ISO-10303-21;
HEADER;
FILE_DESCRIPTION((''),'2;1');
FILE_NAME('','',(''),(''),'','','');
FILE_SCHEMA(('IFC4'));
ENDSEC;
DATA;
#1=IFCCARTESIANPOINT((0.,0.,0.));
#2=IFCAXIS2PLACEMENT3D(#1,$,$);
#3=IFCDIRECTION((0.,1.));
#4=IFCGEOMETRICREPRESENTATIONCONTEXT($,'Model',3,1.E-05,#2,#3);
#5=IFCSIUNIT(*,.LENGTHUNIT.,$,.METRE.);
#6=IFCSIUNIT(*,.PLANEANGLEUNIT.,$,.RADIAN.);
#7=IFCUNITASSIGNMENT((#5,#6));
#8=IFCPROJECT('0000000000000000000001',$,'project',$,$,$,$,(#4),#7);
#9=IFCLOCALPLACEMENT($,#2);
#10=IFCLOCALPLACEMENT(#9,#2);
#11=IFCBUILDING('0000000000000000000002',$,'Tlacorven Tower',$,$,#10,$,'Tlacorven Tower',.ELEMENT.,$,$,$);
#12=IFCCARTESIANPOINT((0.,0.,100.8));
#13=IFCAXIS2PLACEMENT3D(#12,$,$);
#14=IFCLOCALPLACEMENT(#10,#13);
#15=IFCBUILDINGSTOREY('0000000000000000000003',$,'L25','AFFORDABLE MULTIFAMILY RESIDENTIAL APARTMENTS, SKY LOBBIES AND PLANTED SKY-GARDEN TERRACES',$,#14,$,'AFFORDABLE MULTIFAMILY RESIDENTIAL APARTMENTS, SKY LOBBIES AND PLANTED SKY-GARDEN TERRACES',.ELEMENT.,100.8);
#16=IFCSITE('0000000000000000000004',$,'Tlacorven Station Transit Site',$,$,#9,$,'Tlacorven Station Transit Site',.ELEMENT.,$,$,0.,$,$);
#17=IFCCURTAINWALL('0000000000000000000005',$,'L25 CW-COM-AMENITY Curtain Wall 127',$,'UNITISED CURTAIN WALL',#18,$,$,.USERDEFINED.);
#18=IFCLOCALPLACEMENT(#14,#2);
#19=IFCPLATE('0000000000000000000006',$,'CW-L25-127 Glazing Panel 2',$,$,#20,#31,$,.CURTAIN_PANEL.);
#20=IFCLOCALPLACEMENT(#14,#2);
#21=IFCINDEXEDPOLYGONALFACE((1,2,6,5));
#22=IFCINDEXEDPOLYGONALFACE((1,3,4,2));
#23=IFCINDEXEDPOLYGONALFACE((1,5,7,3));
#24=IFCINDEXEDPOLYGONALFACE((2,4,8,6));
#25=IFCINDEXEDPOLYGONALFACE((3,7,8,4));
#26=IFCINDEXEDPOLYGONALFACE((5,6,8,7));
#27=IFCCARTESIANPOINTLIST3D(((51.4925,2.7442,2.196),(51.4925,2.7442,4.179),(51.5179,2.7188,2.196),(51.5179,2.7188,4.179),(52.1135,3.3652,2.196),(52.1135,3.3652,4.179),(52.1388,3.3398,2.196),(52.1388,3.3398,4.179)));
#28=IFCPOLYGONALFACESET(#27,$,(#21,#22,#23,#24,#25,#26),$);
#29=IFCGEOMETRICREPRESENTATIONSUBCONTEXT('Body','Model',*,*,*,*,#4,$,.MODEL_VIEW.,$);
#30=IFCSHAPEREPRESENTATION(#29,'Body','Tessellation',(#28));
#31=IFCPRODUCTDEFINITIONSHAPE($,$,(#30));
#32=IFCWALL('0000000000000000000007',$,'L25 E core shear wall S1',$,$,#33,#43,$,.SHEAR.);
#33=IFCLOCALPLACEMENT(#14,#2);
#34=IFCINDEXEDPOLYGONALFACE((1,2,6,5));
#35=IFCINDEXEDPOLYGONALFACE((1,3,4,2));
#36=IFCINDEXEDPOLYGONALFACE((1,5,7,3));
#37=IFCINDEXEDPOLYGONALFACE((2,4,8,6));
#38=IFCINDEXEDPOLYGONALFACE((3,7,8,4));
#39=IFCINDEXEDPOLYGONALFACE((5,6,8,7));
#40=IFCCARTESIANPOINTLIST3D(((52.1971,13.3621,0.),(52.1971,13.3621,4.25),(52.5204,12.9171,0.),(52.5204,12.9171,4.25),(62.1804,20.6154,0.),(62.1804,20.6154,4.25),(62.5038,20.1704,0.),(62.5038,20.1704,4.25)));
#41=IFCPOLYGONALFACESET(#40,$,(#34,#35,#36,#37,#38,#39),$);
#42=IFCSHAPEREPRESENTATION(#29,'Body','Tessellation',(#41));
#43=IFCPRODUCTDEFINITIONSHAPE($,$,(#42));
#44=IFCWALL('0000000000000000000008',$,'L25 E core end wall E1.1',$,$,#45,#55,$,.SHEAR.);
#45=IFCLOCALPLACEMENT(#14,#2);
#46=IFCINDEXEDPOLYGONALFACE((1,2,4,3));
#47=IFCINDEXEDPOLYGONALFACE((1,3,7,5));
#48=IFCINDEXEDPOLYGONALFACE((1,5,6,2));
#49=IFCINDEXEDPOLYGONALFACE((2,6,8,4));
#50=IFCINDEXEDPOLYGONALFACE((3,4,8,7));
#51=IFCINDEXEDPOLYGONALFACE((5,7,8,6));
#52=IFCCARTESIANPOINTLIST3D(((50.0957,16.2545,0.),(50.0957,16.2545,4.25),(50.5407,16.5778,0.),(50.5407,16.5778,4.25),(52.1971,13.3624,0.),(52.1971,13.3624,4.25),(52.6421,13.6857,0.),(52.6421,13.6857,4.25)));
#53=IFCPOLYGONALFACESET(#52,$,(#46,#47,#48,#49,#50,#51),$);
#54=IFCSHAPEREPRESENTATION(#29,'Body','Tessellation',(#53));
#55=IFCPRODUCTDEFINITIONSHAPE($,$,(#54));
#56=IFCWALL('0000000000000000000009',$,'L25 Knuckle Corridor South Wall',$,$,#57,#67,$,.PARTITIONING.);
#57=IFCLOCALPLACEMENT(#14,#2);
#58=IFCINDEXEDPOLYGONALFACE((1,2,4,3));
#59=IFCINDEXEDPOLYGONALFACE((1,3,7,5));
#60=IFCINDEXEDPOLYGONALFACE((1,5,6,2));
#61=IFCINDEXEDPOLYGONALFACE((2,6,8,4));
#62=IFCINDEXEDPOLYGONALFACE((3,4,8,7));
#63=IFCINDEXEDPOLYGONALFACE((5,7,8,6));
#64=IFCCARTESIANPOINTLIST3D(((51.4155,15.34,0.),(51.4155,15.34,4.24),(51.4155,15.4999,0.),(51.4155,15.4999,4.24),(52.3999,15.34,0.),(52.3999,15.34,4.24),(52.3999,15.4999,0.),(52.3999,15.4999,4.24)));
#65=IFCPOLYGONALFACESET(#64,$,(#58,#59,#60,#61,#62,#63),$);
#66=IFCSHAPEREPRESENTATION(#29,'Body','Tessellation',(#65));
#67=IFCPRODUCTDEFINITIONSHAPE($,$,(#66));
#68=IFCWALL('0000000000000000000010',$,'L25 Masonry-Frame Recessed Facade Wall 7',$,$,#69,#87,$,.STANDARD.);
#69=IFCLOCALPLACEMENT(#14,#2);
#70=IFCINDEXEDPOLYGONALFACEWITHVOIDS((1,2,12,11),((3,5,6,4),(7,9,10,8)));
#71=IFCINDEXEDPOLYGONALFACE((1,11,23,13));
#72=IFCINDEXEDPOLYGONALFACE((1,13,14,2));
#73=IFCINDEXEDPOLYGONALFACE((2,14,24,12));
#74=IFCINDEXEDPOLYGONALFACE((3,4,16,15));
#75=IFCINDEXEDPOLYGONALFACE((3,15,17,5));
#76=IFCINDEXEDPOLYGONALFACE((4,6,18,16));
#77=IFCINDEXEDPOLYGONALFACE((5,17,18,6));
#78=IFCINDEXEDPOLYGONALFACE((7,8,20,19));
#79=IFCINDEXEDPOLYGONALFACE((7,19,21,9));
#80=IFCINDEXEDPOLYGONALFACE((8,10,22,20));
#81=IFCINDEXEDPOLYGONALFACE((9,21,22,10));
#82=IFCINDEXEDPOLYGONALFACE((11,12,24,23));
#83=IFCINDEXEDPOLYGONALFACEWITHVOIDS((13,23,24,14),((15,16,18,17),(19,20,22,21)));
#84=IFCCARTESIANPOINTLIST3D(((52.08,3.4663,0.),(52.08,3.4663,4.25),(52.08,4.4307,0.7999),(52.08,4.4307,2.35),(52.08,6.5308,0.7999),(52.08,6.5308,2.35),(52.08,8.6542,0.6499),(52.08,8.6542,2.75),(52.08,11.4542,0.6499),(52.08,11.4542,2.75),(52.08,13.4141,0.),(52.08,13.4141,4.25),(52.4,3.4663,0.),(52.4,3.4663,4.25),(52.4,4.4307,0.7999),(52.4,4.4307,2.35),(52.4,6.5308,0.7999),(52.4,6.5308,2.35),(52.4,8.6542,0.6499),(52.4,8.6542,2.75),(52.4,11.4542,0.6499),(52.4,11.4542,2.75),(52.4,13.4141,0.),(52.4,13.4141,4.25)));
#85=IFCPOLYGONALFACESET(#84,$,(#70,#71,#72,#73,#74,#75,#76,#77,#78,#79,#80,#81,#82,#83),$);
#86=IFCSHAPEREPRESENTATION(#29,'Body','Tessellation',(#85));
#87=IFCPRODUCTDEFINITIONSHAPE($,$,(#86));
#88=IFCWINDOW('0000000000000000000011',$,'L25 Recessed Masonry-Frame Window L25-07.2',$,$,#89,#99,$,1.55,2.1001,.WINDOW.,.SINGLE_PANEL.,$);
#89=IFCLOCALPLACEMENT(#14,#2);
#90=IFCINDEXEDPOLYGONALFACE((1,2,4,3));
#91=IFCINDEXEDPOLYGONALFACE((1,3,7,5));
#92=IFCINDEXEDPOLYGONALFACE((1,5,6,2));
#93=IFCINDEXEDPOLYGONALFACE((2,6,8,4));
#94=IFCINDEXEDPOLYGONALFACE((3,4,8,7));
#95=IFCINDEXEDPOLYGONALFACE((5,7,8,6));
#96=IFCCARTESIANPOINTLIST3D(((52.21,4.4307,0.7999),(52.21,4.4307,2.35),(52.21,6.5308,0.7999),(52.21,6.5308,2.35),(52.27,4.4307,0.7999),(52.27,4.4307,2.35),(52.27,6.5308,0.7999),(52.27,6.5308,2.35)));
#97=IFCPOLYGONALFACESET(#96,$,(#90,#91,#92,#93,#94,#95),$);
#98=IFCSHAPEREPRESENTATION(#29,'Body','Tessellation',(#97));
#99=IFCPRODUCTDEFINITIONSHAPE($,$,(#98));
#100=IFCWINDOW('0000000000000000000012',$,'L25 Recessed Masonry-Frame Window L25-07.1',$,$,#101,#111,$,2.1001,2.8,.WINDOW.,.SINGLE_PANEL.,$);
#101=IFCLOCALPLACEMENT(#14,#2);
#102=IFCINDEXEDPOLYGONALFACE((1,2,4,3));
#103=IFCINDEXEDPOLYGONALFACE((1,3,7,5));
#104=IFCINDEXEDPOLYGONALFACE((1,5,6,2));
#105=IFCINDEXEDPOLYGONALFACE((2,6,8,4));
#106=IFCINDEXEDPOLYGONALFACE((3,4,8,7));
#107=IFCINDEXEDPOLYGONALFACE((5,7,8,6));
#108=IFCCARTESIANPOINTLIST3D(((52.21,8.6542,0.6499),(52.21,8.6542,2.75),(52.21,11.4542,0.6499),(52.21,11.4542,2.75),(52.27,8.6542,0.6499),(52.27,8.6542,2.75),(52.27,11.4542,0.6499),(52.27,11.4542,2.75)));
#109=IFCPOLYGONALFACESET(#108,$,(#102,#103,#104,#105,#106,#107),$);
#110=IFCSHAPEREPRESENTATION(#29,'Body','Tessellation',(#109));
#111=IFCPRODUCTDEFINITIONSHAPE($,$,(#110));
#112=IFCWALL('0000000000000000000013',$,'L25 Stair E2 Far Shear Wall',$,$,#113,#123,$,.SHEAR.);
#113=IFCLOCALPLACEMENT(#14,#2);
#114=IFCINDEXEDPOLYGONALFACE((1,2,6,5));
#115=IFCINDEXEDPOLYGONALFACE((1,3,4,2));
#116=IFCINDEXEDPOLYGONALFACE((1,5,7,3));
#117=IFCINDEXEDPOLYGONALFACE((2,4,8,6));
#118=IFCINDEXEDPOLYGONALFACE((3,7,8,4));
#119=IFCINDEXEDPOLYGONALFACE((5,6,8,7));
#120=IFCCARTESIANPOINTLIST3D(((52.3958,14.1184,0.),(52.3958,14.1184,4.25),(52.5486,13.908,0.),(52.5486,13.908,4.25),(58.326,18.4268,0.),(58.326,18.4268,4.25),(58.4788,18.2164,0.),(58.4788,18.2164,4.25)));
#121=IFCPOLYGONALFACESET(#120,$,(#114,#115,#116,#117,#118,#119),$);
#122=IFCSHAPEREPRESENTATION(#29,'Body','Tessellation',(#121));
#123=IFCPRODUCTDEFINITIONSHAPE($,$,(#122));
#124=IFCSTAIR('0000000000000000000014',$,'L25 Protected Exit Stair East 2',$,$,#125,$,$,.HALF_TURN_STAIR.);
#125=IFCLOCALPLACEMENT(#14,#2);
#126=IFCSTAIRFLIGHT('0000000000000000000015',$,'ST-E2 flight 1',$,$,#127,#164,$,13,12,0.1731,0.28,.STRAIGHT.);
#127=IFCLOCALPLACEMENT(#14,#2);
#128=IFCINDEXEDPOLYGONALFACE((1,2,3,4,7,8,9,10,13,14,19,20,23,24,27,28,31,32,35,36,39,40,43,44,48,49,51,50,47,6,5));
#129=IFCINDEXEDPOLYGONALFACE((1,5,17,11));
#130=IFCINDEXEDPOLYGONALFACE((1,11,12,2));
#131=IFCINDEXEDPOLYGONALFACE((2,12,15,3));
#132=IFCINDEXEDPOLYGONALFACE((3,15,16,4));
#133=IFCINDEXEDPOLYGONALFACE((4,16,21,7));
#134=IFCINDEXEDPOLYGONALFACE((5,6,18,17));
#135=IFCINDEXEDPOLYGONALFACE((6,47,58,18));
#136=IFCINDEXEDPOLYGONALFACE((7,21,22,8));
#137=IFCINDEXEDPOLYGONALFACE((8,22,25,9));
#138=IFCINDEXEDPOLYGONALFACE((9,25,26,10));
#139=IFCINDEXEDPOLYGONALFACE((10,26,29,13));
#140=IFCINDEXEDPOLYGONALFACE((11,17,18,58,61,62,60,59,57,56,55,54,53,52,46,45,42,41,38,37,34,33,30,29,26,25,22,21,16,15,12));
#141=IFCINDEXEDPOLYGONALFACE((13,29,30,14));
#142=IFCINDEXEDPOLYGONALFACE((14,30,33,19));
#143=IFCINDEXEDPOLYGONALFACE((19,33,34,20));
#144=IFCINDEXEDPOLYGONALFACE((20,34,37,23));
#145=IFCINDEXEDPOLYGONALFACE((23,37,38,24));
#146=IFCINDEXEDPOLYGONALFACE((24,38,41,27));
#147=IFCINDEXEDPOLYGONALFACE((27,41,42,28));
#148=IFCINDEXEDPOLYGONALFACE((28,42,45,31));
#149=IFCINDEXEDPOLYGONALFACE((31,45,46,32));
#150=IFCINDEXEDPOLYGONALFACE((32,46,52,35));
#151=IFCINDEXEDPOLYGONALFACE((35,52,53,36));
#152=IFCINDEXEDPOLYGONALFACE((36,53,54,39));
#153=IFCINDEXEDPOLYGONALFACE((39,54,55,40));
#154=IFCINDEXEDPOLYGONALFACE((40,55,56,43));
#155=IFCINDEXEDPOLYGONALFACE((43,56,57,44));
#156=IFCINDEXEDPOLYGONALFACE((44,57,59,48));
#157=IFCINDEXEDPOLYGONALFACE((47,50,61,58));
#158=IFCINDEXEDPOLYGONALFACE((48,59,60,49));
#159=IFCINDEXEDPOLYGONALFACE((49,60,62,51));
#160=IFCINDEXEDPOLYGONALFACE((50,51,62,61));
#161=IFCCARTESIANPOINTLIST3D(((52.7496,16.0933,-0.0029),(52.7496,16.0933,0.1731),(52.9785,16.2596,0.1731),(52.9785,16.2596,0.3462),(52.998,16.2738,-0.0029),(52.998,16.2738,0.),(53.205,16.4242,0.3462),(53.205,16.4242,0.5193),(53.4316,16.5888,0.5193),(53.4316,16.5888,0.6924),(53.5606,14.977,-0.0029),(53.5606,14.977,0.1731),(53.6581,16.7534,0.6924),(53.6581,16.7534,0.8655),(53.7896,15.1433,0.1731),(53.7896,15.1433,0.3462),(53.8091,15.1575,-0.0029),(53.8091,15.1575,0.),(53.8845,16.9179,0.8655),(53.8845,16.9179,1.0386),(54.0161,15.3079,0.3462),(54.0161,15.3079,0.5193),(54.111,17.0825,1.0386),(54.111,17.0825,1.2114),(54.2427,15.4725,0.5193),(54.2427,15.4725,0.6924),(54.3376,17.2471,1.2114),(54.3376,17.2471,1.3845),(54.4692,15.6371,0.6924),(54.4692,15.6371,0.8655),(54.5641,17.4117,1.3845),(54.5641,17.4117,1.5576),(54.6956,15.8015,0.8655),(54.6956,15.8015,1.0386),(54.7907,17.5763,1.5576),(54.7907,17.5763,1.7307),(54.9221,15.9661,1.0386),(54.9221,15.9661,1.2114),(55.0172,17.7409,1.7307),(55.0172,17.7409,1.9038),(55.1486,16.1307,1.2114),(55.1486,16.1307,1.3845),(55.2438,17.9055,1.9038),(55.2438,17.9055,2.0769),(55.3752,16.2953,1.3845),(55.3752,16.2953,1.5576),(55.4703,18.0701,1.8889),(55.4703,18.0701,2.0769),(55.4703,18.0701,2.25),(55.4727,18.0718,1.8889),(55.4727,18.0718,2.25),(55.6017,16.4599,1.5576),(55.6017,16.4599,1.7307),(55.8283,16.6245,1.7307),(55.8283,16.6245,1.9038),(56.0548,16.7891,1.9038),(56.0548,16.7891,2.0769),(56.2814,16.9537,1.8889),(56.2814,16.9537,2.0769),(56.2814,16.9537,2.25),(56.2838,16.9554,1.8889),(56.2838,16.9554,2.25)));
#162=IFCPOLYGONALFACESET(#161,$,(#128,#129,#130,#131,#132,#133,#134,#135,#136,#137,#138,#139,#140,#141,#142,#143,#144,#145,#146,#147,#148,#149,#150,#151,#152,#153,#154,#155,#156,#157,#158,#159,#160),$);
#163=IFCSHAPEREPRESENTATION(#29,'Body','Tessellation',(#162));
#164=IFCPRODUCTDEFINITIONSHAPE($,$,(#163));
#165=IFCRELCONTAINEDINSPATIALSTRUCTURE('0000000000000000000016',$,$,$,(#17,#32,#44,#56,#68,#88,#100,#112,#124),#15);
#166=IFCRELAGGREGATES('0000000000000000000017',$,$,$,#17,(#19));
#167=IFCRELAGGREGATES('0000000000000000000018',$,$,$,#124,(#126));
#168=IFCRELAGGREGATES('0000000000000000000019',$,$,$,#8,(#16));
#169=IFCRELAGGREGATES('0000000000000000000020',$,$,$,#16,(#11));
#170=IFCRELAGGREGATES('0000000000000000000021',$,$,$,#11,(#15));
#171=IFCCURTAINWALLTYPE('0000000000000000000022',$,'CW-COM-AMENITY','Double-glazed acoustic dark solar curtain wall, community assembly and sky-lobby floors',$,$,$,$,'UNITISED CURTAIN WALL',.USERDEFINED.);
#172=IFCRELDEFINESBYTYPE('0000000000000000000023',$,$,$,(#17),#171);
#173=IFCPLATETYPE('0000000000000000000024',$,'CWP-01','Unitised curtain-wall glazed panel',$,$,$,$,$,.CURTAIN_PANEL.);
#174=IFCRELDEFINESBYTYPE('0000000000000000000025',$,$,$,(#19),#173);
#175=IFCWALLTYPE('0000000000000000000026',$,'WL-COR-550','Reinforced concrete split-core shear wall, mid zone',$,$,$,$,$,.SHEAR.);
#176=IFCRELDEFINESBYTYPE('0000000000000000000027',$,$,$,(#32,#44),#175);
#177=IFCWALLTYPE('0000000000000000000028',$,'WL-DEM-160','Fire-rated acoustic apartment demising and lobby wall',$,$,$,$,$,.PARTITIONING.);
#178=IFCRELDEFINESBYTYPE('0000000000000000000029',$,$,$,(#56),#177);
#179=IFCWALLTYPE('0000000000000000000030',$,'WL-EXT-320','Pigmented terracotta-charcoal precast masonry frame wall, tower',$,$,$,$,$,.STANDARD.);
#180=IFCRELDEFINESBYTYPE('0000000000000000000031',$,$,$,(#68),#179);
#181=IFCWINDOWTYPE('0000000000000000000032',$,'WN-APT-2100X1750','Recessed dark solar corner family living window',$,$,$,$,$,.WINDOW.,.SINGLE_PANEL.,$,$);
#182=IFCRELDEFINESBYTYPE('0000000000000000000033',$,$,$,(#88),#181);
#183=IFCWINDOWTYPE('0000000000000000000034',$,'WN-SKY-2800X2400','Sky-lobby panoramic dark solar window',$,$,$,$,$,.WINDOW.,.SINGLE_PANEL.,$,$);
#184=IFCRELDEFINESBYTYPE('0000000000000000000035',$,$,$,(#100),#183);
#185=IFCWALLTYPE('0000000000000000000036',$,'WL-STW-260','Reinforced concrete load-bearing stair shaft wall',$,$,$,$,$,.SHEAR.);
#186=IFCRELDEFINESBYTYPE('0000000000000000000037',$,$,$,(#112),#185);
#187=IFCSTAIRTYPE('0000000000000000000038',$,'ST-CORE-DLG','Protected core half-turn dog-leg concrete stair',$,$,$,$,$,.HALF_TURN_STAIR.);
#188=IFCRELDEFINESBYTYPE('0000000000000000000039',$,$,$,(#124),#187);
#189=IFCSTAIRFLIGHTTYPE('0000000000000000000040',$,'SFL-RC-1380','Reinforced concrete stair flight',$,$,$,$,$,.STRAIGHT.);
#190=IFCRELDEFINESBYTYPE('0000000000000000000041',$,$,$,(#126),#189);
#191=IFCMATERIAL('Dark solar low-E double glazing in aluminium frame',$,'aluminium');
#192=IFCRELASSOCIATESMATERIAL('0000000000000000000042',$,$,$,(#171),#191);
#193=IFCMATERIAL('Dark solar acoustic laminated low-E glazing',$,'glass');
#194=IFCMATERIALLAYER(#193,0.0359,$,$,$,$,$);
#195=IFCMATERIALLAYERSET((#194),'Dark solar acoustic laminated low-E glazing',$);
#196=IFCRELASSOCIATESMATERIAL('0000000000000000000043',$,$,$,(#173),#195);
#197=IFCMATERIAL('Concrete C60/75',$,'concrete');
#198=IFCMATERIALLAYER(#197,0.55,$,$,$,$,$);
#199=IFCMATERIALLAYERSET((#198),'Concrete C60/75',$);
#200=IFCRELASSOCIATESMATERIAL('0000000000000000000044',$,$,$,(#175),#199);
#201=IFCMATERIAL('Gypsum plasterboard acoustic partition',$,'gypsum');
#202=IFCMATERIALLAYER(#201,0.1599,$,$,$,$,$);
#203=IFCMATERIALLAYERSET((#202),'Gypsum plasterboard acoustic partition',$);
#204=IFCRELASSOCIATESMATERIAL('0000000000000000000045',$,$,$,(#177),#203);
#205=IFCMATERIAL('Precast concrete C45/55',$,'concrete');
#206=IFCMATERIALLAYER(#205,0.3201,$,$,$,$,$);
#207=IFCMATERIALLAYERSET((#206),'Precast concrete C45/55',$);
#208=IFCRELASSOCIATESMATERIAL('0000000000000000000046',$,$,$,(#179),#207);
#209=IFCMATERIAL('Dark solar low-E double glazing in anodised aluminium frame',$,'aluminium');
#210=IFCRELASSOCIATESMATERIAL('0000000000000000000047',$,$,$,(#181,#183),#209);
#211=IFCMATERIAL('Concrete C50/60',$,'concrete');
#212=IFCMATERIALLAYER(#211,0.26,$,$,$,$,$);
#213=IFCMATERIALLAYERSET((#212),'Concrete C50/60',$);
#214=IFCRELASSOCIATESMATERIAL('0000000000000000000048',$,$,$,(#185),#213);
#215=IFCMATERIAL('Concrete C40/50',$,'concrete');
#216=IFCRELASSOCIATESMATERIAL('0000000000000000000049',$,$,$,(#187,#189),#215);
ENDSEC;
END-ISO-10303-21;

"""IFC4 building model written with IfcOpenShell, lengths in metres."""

from ifc_helpers import new_model, si_unit, direction, frame, frame_2d, origin, origin_2d, place, context, subcontext, project, spatial, polyline, rectangle, outline, extrude, source, transform, mapped, material, layer, layer_set, type_object, element, fill, aggregate, save


model = new_model("IFC4")

# Units and contexts
model_context = context("Model", 3, precision=1e-05, world=origin(), true_north=direction((0.0, 1.0)))
body_context = subcontext(model_context, "Body", "Model", "MODEL_VIEW")
ifc_project = project(units=[si_unit("LENGTHUNIT", "METRE"), si_unit("PLANEANGLEUNIT", "RADIAN")], contexts=[model_context])

# Site, building, storey
site_placement = place(None, origin())
site = spatial("IfcSite", under=ifc_project, at=site_placement, Name="Tlacorven Station Transit Site", LongName="Tlacorven Station Transit Site", CompositionType="ELEMENT", RefElevation=0.0)
building_placement = place(site_placement, origin())
building = spatial("IfcBuilding", under=site, at=building_placement, Name="Tlacorven Tower", LongName="Tlacorven Tower", CompositionType="ELEMENT")
storey_placement = place(building_placement, frame((0.0, 0.0, 100.8)))
storey = spatial("IfcBuildingStorey", under=building, at=storey_placement, Name="L25", Description="AFFORDABLE MULTIFAMILY RESIDENTIAL APARTMENTS, SKY LOBBIES AND PLANTED SKY-GARDEN TERRACES", LongName="AFFORDABLE MULTIFAMILY RESIDENTIAL APARTMENTS, SKY LOBBIES AND PLANTED SKY-GARDEN TERRACES", CompositionType="ELEMENT", Elevation=100.8)

# Curtain wall, plate
ifc_material_1 = material(Name="Dark solar low-E double glazing in aluminium frame", Category="aluminium")
curtain_wall_type = type_object("IfcCurtainWallType", Name="CW-COM-AMENITY", Description="Double-glazed acoustic dark solar curtain wall, community assembly and sky-lobby floors", ElementType="UNITISED CURTAIN WALL", PredefinedType="USERDEFINED", material=ifc_material_1)
curtain_wall_placement = place(storey_placement, origin())
curtain_wall = element("IfcCurtainWall", 1, at=curtain_wall_placement, inside=storey, type_object=curtain_wall_type, Name="L25 CW-COM-AMENITY Curtain Wall 127", ObjectType="UNITISED CURTAIN WALL", PredefinedType="USERDEFINED")
ifc_material_2 = material(Name="Dark solar acoustic laminated low-E glazing", Category="glass")
ifc_layer_1 = layer(ifc_material_2, 0.0359)
ifc_layer_set_1 = layer_set([ifc_layer_1], Name="Dark solar acoustic laminated low-E glazing")
plate_type = type_object("IfcPlateType", Name="CWP-01", Description="Unitised curtain-wall glazed panel", PredefinedType="CURTAIN_PANEL", material=ifc_layer_set_1)
shared_shape_1 = source(origin(), body_context, "Body", "SweptSolid", [
    extrude(rectangle(XDim=0.8782, YDim=0.0359, at=origin_2d()), origin(), (0.0, 0.0, 1.0), 1.9829),
])
plate_1_placement = place(storey_placement, frame((51.8157, 3.042, 2.196), z_axis=(0.0, 0.0, 1.0), x_axis=(-0.707107, -0.707107, 0.0)))
plate_1 = element("IfcPlate", 2, at=plate_1_placement, type_object=plate_type, Name="CW-L25-127 Glazing Panel 2", PredefinedType="CURTAIN_PANEL", context=body_context, shape_type="MappedRepresentation", body=[
    mapped(shared_shape_1, transform((0.0, 0.0, 0.0), scale=1.0)),
])
aggregate(curtain_wall, [plate_1])

# Walls
ifc_material_3 = material(Name="Concrete C60/75", Category="concrete")
ifc_layer_2 = layer(ifc_material_3, 0.55)
ifc_layer_set_2 = layer_set([ifc_layer_2], Name="Concrete C60/75")
wall_type_1 = type_object("IfcWallType", Name="WL-COR-550", Description="Reinforced concrete split-core shear wall, mid zone", PredefinedType="SHEAR", material=ifc_layer_set_2)
wall_1_placement = place(storey_placement, frame((52.3589, 13.1396, 0.0), z_axis=(0.0, 0.0, 1.0), x_axis=(0.809015, 0.587788, 0.0)))
element("IfcWall", 3, at=wall_1_placement, inside=storey, type_object=wall_type_1, Name="L25 E core shear wall S1", PredefinedType="SHEAR", context=body_context, shape_type="SweptSolid", body=[
    extrude(rectangle(XDim=12.3401, YDim=0.55, at=frame_2d((6.1699, 0.0))), origin(), (0.0, 0.0, 1.0), 4.25),
])
wall_2_placement = place(storey_placement, frame((52.4197, 13.5239, 0.0), z_axis=(0.0, 0.0, 1.0), x_axis=(-0.587802, 0.809005, 0.0)))
element("IfcWall", 4, at=wall_2_placement, inside=storey, type_object=wall_type_1, Name="L25 E core end wall E1.1", PredefinedType="SHEAR", context=body_context, shape_type="SweptSolid", body=[
    extrude(rectangle(XDim=3.575, YDim=0.55, at=frame_2d((1.7876, 0.0))), origin(), (0.0, 0.0, 1.0), 4.25),
])
ifc_material_4 = material(Name="Gypsum plasterboard acoustic partition", Category="gypsum")
ifc_layer_3 = layer(ifc_material_4, 0.1599)
ifc_layer_set_3 = layer_set([ifc_layer_3], Name="Gypsum plasterboard acoustic partition")
wall_type_2 = type_object("IfcWallType", Name="WL-DEM-160", Description="Fire-rated acoustic apartment demising and lobby wall", PredefinedType="PARTITIONING", material=ifc_layer_set_3)
wall_3_placement = place(storey_placement, frame((51.4155, 15.4199, 0.0), z_axis=(0.0, 0.0, 1.0), x_axis=(1.0, 0.0, 0.0)))
element("IfcWall", 5, at=wall_3_placement, inside=storey, type_object=wall_type_2, Name="L25 Knuckle Corridor South Wall", PredefinedType="PARTITIONING", context=body_context, shape_type="SweptSolid", body=[
    extrude(rectangle(XDim=0.9844, YDim=0.1599, at=frame_2d((0.4922, 0.0))), origin(), (0.0, 0.0, 1.0), 4.24),
])

# Wall, openings, windows
ifc_material_5 = material(Name="Precast concrete C45/55", Category="concrete")
ifc_layer_4 = layer(ifc_material_5, 0.3201)
ifc_layer_set_4 = layer_set([ifc_layer_4], Name="Precast concrete C45/55")
wall_type_3 = type_object("IfcWallType", Name="WL-EXT-320", Description="Pigmented terracotta-charcoal precast masonry frame wall, tower", PredefinedType="STANDARD", material=ifc_layer_set_4)
wall_4_placement = place(storey_placement, frame((52.24, 13.4141, 0.0), z_axis=(0.0, 0.0, 1.0), x_axis=(0.0, -1.0, 0.0)))
wall_4 = element("IfcWall", 6, at=wall_4_placement, inside=storey, type_object=wall_type_3, Name="L25 Masonry-Frame Recessed Facade Wall 7", PredefinedType="STANDARD", context=body_context, shape_type="SweptSolid", body=[
    extrude(rectangle(XDim=9.9478, YDim=0.3201, at=frame_2d((4.9739, 0.0))), origin(), (0.0, 0.0, 1.0), 4.25),
])
opening_1_placement = place(wall_4_placement, frame((1.96, 0.0, 0.6499)))
opening_1 = element("IfcOpeningElement", 7, at=opening_1_placement, cuts=wall_4, PredefinedType="OPENING", context=body_context, shape_type="SweptSolid", body=[
    extrude(rectangle(XDim=2.8, YDim=2.1001, at=frame_2d((1.3999, 1.05))), frame((0.0, 0.1699, 0.0), z_axis=(0.0, -1.0, 0.0), x_axis=(1.0, 0.0, 0.0)), (0.0, 0.0, 1.0), 0.3401),
])
opening_2_placement = place(wall_4_placement, frame((6.8833, 0.0, 0.8)))
opening_2 = element("IfcOpeningElement", 8, at=opening_2_placement, cuts=wall_4, PredefinedType="OPENING", context=body_context, shape_type="SweptSolid", body=[
    extrude(rectangle(XDim=2.1001, YDim=1.55, at=frame_2d((1.05, 0.7749))), frame((0.0, 0.1699, 0.0), z_axis=(0.0, -1.0, 0.0), x_axis=(1.0, 0.0, 0.0)), (0.0, 0.0, 1.0), 0.3401),
])
ifc_material_6 = material(Name="Dark solar low-E double glazing in anodised aluminium frame", Category="aluminium")
window_type_1 = type_object("IfcWindowType", Name="WN-APT-2100X1750", Description="Recessed dark solar corner family living window", PartitioningType="SINGLE_PANEL", PredefinedType="WINDOW", material=ifc_material_6)
shared_shape_2 = source(origin(), body_context, "Body", "SweptSolid", [
    extrude(rectangle(XDim=2.1001, YDim=1.55, at=frame_2d((1.05, 0.7749))), frame((0.0, 0.03, 0.0), z_axis=(0.0, -1.0, 0.0), x_axis=(1.0, 0.0, 0.0)), (0.0, 0.0, 1.0), 0.0601),
])
window_1_placement = place(opening_2_placement, origin())
window_1 = element("IfcWindow", 9, at=window_1_placement, inside=storey, type_object=window_type_1, Name="L25 Recessed Masonry-Frame Window L25-07.2", OverallHeight=1.55, OverallWidth=2.1001, PartitioningType="SINGLE_PANEL", PredefinedType="WINDOW", context=body_context, shape_type="MappedRepresentation", body=[
    mapped(shared_shape_2, transform((0.0, 0.0, 0.0), scale=1.0)),
])
fill(opening_2, window_1)
window_type_2 = type_object("IfcWindowType", Name="WN-SKY-2800X2400", Description="Sky-lobby panoramic dark solar window", PartitioningType="SINGLE_PANEL", PredefinedType="WINDOW", material=ifc_material_6)
shared_shape_3 = source(origin(), body_context, "Body", "SweptSolid", [
    extrude(rectangle(XDim=2.8, YDim=2.1001, at=frame_2d((1.3999, 1.05))), frame((0.0, 0.03, 0.0), z_axis=(0.0, -1.0, 0.0), x_axis=(1.0, 0.0, 0.0)), (0.0, 0.0, 1.0), 0.0601),
])
window_2_placement = place(opening_1_placement, origin())
window_2 = element("IfcWindow", 10, at=window_2_placement, inside=storey, type_object=window_type_2, Name="L25 Recessed Masonry-Frame Window L25-07.1", OverallHeight=2.1001, OverallWidth=2.8, PartitioningType="SINGLE_PANEL", PredefinedType="WINDOW", context=body_context, shape_type="MappedRepresentation", body=[
    mapped(shared_shape_3, transform((0.0, 0.0, 0.0), scale=1.0)),
])
fill(opening_1, window_2)

# Wall
ifc_material_7 = material(Name="Concrete C50/60", Category="concrete")
ifc_layer_5 = layer(ifc_material_7, 0.26)
ifc_layer_set_5 = layer_set([ifc_layer_5], Name="Concrete C50/60")
wall_type_4 = type_object("IfcWallType", Name="WL-STW-260", Description="Reinforced concrete load-bearing stair shaft wall", PredefinedType="SHEAR", material=ifc_layer_set_5)
wall_5_placement = place(storey_placement, frame((52.4722, 14.0132, 0.0), z_axis=(0.0, 0.0, 1.0), x_axis=(0.809028, 0.58777, 0.0)))
element("IfcWall", 11, at=wall_5_placement, inside=storey, type_object=wall_type_4, Name="L25 Stair E2 Far Shear Wall", PredefinedType="SHEAR", context=body_context, shape_type="SweptSolid", body=[
    extrude(rectangle(XDim=7.3301, YDim=0.26, at=frame_2d((3.665, 0.0))), origin(), (0.0, 0.0, 1.0), 4.25),
])

# Stair, stair flight
ifc_material_8 = material(Name="Concrete C40/50", Category="concrete")
stair_type = type_object("IfcStairType", Name="ST-CORE-DLG", Description="Protected core half-turn dog-leg concrete stair", PredefinedType="HALF_TURN_STAIR", material=ifc_material_8)
stair_placement = place(storey_placement, origin())
stair = element("IfcStair", 12, at=stair_placement, inside=storey, type_object=stair_type, Name="L25 Protected Exit Stair East 2", PredefinedType="HALF_TURN_STAIR")
stair_flight_type = type_object("IfcStairFlightType", Name="SFL-RC-1380", Description="Reinforced concrete stair flight", PredefinedType="STRAIGHT", material=ifc_material_8)
shared_shape_4 = source(origin(), body_context, "Body", "SweptSolid", [
    extrude(outline(polyline([(-0.0029, -0.0029), (-0.0029, 0.1731), (0.28, 0.1731), (0.28, 0.3462), (0.5601, 0.3462), (0.5601, 0.5193), (0.8401, 0.5193), (0.8401, 0.6924), (1.1201, 0.6924), (1.1201, 0.8655), (1.3999, 0.8655), (1.3999, 1.0386), (1.6799, 1.0386), (1.6799, 1.2114), (1.96, 1.2114), (1.96, 1.3845), (2.24, 1.3845), (2.24, 1.5576), (2.52, 1.5576), (2.52, 1.7307), (2.8, 1.7307), (2.8, 1.9038), (3.0801, 1.9038), (3.0801, 2.0769), (3.3601, 2.0769), (3.3601, 2.25), (3.363, 2.25), (3.363, 1.8889), (3.3601, 1.8889), (0.3042, 0.0), (0.3042, -0.0029), (-0.0029, -0.0029)])), frame((0.0, 0.6899, 0.0), z_axis=(0.0, -1.0, 0.0), x_axis=(1.0, 0.0, 0.0)), (0.0, 0.0, 1.0), 1.3799),
])
stair_flight_placement = place(storey_placement, frame((53.1575, 15.5369, 0.0), z_axis=(0.0, 0.0, 1.0), x_axis=(0.809017, 0.587785, 0.0)))
stair_flight = element("IfcStairFlight", 13, at=stair_flight_placement, type_object=stair_flight_type, Name="ST-E2 flight 1", NumberOfRisers=13, NumberOfTreads=12, PredefinedType="STRAIGHT", RiserHeight=0.1731, TreadLength=0.28, context=body_context, shape_type="MappedRepresentation", body=[
    mapped(shared_shape_4, transform((0.0, 0.0, 0.0), scale=1.0)),
])
aggregate(stair, [stair_flight])

save(model, "model.ifc")
